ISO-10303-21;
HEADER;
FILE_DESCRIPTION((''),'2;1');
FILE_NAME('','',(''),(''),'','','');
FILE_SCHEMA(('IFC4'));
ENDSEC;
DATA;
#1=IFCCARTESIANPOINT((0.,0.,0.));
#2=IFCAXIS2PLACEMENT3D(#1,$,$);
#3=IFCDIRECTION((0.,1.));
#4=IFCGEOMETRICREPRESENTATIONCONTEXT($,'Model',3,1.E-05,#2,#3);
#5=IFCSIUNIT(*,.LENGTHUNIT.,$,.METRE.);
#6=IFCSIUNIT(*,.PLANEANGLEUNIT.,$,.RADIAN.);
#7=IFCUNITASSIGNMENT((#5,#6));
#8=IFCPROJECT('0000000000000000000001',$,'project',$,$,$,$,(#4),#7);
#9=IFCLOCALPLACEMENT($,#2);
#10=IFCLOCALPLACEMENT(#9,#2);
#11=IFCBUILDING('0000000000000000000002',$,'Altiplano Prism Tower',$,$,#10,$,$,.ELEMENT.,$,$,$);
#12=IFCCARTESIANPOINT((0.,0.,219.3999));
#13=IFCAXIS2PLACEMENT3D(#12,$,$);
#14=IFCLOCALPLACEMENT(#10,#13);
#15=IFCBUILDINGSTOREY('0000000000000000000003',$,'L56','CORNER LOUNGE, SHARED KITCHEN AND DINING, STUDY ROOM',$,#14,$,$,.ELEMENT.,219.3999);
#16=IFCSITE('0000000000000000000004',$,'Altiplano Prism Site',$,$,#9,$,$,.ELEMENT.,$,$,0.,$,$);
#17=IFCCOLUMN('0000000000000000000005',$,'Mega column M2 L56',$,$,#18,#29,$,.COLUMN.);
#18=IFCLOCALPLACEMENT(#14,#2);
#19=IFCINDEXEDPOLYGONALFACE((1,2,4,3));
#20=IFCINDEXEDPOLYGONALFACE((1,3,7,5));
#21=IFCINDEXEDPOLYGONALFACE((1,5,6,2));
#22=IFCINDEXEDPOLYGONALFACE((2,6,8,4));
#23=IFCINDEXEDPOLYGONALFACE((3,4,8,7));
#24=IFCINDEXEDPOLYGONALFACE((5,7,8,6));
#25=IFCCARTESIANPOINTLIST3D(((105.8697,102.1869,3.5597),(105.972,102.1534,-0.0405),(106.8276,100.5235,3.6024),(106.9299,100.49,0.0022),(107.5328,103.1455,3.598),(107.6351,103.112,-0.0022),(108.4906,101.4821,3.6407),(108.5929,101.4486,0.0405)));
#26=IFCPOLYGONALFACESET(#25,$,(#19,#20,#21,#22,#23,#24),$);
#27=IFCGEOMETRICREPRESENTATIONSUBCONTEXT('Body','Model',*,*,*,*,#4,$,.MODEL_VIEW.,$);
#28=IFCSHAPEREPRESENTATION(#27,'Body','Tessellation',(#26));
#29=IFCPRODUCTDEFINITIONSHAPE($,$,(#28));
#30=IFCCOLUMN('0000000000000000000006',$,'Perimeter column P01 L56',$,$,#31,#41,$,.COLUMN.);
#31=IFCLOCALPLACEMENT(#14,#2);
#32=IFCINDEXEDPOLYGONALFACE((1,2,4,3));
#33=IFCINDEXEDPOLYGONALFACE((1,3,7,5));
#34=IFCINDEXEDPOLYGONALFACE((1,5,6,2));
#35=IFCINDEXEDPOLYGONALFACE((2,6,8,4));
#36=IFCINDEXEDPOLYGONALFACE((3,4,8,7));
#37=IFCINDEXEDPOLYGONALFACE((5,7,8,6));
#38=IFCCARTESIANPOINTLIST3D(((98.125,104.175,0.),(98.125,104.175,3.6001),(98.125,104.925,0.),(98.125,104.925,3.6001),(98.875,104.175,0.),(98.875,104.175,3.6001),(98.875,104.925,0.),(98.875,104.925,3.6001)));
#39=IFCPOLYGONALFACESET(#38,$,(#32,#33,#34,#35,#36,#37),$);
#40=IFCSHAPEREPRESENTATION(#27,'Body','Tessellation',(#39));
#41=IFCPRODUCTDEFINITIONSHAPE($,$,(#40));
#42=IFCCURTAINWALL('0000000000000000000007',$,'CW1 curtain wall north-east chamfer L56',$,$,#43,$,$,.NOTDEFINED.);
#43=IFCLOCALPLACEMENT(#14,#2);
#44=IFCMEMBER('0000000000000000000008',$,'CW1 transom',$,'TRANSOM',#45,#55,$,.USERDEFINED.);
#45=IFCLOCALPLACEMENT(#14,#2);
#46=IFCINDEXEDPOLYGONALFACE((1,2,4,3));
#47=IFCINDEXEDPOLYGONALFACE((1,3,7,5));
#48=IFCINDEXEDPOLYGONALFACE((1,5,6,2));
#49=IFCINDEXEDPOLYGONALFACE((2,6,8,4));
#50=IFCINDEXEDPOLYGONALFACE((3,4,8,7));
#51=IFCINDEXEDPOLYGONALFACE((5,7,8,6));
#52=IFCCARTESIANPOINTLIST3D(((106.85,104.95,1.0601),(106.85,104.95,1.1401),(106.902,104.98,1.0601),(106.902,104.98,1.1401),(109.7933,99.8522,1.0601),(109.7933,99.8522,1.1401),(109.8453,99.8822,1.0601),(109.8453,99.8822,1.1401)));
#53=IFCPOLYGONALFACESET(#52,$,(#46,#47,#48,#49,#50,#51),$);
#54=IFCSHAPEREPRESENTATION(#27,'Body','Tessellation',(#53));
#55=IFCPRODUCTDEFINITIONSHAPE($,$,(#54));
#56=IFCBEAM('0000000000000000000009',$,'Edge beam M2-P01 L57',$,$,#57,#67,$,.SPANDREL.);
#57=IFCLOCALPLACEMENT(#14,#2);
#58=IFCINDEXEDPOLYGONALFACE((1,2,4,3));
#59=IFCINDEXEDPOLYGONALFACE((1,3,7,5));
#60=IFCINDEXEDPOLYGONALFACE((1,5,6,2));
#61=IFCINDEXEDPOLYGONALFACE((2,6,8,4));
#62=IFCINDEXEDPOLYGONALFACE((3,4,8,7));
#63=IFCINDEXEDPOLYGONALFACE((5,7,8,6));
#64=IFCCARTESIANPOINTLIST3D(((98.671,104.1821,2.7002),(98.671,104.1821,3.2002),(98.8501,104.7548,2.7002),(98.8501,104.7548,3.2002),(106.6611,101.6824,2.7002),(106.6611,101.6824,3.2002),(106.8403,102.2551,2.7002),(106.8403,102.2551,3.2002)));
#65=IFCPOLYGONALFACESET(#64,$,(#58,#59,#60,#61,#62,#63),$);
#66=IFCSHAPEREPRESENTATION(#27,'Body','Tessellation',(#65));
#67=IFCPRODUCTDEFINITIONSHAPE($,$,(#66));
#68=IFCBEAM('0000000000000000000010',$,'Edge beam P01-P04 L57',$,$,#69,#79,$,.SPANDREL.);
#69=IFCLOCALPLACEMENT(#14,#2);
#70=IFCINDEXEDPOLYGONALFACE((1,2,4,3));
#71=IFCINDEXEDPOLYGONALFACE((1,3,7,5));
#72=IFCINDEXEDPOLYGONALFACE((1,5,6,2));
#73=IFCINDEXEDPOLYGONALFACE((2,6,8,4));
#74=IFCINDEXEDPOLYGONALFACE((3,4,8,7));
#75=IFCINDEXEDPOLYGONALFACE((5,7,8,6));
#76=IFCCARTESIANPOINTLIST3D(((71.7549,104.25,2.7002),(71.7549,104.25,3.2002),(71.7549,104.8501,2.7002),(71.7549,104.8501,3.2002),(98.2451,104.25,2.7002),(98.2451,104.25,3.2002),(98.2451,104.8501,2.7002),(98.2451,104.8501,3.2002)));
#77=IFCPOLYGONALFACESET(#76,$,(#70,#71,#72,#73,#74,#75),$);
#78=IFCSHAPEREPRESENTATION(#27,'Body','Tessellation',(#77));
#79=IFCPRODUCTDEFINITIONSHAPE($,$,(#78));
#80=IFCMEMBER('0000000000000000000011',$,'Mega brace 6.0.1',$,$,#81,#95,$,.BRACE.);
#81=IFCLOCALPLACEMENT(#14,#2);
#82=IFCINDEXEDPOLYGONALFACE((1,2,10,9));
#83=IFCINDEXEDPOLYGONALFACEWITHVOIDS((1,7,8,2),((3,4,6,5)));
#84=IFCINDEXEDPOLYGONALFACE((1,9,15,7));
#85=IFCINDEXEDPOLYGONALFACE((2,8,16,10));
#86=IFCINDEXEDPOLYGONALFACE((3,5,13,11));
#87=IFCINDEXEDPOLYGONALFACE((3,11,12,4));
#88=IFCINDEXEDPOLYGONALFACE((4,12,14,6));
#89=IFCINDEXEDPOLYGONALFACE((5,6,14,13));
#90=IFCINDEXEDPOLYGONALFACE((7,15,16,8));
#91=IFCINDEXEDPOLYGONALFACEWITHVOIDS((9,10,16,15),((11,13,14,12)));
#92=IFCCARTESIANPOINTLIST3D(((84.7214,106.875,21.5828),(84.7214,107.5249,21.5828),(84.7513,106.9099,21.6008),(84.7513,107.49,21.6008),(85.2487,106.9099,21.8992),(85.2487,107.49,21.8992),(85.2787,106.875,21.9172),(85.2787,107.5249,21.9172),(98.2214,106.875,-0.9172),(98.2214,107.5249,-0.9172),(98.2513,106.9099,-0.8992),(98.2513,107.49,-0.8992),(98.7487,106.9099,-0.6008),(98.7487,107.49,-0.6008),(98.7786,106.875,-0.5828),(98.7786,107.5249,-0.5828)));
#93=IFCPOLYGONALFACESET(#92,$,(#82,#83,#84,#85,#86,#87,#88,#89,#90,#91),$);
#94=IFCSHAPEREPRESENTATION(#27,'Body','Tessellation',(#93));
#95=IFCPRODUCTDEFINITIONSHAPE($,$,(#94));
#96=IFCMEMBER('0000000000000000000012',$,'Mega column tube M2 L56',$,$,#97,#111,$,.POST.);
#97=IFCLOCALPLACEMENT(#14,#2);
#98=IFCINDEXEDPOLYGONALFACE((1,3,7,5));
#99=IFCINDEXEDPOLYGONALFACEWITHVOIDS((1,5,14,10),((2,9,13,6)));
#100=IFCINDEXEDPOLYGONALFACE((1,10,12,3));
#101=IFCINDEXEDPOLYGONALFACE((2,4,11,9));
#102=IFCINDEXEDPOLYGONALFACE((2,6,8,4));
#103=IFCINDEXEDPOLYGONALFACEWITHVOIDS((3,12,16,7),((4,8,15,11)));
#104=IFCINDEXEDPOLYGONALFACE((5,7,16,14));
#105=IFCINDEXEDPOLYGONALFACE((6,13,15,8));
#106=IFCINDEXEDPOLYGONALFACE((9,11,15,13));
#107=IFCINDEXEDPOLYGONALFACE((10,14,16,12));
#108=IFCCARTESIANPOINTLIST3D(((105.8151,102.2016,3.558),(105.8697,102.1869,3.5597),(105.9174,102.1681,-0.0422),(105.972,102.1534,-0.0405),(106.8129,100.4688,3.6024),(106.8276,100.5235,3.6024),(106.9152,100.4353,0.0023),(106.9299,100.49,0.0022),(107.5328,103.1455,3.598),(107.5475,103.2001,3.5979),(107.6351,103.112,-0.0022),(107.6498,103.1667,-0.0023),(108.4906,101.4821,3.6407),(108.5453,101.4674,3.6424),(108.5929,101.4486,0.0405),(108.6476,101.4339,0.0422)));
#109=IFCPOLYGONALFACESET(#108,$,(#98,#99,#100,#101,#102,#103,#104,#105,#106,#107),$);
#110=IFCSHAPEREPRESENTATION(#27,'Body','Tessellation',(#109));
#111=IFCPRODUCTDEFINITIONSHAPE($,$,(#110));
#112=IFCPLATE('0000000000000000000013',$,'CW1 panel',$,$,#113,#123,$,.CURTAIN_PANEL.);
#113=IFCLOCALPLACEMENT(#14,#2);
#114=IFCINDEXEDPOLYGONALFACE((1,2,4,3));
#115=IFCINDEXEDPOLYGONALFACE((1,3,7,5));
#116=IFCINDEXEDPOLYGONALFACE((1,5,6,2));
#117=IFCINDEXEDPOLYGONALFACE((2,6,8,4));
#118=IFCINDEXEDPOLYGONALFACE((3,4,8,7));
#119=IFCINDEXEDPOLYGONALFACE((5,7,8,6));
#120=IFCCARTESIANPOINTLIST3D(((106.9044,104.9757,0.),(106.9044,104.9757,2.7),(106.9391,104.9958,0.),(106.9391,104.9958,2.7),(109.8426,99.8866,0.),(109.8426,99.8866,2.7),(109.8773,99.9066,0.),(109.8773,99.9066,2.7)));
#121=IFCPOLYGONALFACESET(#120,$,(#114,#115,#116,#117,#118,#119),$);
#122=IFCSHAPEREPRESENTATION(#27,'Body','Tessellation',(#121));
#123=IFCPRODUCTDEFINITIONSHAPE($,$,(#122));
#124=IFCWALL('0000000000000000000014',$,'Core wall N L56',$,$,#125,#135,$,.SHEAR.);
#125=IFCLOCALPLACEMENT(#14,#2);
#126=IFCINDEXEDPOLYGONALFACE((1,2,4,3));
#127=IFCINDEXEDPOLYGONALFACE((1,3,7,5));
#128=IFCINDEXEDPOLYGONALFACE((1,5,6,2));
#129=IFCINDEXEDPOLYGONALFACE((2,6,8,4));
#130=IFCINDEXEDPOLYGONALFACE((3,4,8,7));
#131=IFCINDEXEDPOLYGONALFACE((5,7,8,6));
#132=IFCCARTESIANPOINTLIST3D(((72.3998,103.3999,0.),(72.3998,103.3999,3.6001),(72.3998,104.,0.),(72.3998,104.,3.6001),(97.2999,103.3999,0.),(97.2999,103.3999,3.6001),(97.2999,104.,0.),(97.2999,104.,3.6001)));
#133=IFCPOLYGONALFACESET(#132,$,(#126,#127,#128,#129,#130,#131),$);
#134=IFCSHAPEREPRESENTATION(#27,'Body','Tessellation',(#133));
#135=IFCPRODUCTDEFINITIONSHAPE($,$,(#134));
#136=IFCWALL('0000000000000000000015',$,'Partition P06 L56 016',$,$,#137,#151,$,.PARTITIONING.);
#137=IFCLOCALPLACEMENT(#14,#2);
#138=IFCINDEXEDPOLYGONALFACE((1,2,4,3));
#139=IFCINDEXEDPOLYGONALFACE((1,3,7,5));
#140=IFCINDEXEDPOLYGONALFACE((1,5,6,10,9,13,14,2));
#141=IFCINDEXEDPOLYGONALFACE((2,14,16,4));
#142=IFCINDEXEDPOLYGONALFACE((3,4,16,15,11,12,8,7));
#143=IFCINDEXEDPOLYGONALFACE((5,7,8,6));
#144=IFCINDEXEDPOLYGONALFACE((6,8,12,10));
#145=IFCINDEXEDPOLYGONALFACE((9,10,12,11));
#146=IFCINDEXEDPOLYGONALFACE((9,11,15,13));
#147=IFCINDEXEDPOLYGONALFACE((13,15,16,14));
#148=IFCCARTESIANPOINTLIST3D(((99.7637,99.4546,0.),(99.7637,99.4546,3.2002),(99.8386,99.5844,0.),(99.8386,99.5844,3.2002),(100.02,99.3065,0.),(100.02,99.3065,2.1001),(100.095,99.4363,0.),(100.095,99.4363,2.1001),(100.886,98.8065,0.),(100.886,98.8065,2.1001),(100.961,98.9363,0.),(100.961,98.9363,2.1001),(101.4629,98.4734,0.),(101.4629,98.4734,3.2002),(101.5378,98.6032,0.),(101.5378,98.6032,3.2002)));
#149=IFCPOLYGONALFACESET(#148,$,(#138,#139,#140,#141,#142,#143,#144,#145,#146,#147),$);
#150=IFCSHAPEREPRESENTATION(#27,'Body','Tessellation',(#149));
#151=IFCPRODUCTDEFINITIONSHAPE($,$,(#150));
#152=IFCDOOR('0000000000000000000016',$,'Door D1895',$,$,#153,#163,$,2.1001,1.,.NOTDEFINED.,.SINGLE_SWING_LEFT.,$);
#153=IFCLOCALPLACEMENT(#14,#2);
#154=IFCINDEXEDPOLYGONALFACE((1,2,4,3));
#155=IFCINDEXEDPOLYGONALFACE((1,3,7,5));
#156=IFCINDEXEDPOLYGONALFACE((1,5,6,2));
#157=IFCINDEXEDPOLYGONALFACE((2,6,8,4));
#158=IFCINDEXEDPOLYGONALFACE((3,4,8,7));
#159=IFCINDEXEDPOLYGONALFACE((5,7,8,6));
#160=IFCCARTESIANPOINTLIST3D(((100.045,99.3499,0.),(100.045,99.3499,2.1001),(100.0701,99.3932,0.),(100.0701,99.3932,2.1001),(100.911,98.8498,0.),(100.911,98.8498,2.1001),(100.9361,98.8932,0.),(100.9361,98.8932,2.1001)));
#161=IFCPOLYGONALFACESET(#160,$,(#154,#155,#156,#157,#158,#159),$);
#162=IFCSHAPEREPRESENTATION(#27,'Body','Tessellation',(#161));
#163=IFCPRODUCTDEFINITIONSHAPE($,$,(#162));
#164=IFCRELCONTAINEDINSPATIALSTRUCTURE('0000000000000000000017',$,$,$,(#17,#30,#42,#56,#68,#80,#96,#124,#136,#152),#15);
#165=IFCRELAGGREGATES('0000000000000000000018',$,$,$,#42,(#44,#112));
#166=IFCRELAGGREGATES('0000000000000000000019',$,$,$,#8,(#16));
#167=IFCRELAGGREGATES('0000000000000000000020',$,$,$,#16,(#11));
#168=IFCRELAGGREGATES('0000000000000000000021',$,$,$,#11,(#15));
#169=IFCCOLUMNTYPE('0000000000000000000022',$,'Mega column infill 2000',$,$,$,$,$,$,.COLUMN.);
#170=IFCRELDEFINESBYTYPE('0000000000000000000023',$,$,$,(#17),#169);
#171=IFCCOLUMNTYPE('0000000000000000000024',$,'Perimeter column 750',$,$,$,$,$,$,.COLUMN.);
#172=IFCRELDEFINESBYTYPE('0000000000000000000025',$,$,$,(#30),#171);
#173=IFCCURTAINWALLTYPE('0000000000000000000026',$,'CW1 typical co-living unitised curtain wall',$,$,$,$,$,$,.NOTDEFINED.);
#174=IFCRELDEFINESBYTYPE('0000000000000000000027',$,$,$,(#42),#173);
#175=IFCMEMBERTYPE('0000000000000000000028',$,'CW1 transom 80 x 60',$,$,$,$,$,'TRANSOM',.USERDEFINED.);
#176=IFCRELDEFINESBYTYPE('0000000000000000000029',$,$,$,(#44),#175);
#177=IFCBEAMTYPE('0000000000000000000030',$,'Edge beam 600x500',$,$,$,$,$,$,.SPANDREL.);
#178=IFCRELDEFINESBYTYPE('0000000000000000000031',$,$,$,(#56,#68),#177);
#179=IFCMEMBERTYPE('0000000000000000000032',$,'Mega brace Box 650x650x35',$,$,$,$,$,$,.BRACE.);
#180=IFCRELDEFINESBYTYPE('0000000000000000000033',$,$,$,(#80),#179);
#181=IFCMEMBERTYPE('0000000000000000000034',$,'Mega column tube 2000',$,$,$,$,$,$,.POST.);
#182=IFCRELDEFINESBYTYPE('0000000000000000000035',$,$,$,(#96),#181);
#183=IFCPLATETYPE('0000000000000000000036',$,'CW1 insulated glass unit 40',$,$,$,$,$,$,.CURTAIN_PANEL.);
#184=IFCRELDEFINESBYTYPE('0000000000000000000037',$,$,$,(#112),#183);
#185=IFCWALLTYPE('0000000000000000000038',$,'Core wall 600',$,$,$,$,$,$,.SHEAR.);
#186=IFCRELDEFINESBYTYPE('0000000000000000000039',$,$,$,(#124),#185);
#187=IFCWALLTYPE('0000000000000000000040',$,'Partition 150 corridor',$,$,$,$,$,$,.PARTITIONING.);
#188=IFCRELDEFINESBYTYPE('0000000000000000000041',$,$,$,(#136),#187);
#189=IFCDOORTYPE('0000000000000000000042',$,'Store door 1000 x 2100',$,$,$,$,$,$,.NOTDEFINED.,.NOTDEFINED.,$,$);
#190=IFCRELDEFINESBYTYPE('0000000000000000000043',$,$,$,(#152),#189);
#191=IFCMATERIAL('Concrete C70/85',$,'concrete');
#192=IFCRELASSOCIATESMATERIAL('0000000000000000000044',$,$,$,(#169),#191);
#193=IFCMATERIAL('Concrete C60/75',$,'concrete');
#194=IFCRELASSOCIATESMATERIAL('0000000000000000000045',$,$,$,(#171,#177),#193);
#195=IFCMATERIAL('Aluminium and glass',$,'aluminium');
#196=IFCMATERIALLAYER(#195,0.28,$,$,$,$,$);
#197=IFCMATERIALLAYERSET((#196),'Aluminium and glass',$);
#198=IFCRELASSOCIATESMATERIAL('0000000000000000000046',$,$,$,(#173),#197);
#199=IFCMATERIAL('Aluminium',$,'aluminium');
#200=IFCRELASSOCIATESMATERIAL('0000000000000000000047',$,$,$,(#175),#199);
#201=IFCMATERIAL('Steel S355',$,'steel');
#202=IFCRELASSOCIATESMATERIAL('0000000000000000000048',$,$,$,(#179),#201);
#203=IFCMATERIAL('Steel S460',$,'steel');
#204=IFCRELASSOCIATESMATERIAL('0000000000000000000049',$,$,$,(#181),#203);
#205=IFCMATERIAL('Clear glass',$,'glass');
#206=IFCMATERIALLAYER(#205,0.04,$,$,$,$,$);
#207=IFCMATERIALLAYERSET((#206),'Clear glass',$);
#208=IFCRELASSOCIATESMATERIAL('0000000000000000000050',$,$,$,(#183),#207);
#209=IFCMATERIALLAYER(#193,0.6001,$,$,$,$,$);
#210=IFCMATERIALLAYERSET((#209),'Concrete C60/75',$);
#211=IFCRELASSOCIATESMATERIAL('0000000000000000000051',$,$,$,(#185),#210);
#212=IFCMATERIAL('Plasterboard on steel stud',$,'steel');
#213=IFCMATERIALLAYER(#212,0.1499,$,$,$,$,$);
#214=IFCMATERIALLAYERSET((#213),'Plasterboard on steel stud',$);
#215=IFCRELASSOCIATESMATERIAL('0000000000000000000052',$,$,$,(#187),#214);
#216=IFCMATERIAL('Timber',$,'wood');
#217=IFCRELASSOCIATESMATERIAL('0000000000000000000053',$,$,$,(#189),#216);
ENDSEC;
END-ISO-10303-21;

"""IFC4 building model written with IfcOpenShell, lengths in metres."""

from ifc_helpers import new_model, si_unit, direction, frame, frame_2d, origin, origin_2d, place, context, subcontext, project, spatial, rectangle, hollow_rectangle, extrude, material, layer, layer_set, material_profile, profile_set, type_object, element, fill, aggregate, save


model = new_model("IFC4")

# Units and contexts
model_context = context("Model", 3, precision=1e-05, world=origin(), true_north=direction((0.0, 1.0)))
body_context = subcontext(model_context, "Body", "Model", "MODEL_VIEW")
ifc_project = project(units=[si_unit("LENGTHUNIT", "METRE"), si_unit("PLANEANGLEUNIT", "RADIAN")], contexts=[model_context])

# Site, building, storey
site_placement = place(None, origin())
site = spatial("IfcSite", under=ifc_project, at=site_placement, Name="Altiplano Prism Site", CompositionType="ELEMENT", RefElevation=0.0)
building_placement = place(site_placement, origin())
building = spatial("IfcBuilding", under=site, at=building_placement, Name="Altiplano Prism Tower", CompositionType="ELEMENT")
storey_placement = place(building_placement, frame((0.0, 0.0, 219.3999)))
storey = spatial("IfcBuildingStorey", under=building, at=storey_placement, Name="L56", Description="CORNER LOUNGE, SHARED KITCHEN AND DINING, STUDY ROOM", CompositionType="ELEMENT", Elevation=219.3999)

# Columns
ifc_material_1 = material(Name="Concrete C70/85", Category="concrete")
ifc_material_profile_1 = material_profile(ifc_material_1, rectangle(XDim=1.9199, YDim=1.9199, at=origin_2d()), Name="Mega column infill 2000")
ifc_profile_set_1 = profile_set([ifc_material_profile_1], Name="Concrete C70/85")
column_type_1 = type_object("IfcColumnType", Name="Mega column infill 2000", PredefinedType="COLUMN", material=ifc_profile_set_1)
column_1_placement = place(storey_placement, frame((107.2825, 101.801, 0.0), z_axis=(-0.028402, 0.009287, 0.999553), x_axis=(0.498884, -0.866384, 0.022225)))
element("IfcColumn", 1, at=column_1_placement, inside=storey, type_object=column_type_1, Name="Mega column M2 L56", PredefinedType="COLUMN", context=body_context, shape_type="SweptSolid", body=[
    extrude(rectangle(XDim=1.9199, YDim=1.9199, at=origin_2d()), origin(), (0.0, 0.0, 1.0), 3.6018),
])
ifc_material_2 = material(Name="Concrete C60/75", Category="concrete")
ifc_material_profile_2 = material_profile(ifc_material_2, rectangle(XDim=0.75, YDim=0.75, at=origin_2d()), Name="Perimeter column 750")
ifc_profile_set_2 = profile_set([ifc_material_profile_2], Name="Concrete C60/75")
column_type_2 = type_object("IfcColumnType", Name="Perimeter column 750", PredefinedType="COLUMN", material=ifc_profile_set_2)
column_2_placement = place(storey_placement, frame((98.5, 104.55, 0.0), z_axis=(0.0, 0.0, 1.0), x_axis=(1.0, 0.0, 0.0)))
element("IfcColumn", 2, at=column_2_placement, inside=storey, type_object=column_type_2, Name="Perimeter column P01 L56", PredefinedType="COLUMN", context=body_context, shape_type="SweptSolid", body=[
    extrude(rectangle(XDim=0.75, YDim=0.75, at=origin_2d()), origin(), (0.0, 0.0, 1.0), 3.6001),
])

# Curtain wall, member
ifc_material_3 = material(Name="Aluminium and glass", Category="aluminium")
ifc_layer_1 = layer(ifc_material_3, 0.28)
ifc_layer_set_1 = layer_set([ifc_layer_1], Name="Aluminium and glass")
curtain_wall_type = type_object("IfcCurtainWallType", Name="CW1 typical co-living unitised curtain wall", PredefinedType="NOTDEFINED", material=ifc_layer_set_1)
curtain_wall_placement = place(storey_placement, origin())
curtain_wall = element("IfcCurtainWall", 3, at=curtain_wall_placement, inside=storey, type_object=curtain_wall_type, Name="CW1 curtain wall north-east chamfer L56", PredefinedType="NOTDEFINED")
ifc_material_4 = material(Name="Aluminium", Category="aluminium")
ifc_material_profile_3 = material_profile(ifc_material_4, rectangle(XDim=0.0601, YDim=0.0801, at=origin_2d()), Name="CW1 transom 80 x 60")
ifc_profile_set_3 = profile_set([ifc_material_profile_3], Name="Aluminium")
member_type_1 = type_object("IfcMemberType", Name="CW1 transom 80 x 60", ElementType="TRANSOM", PredefinedType="USERDEFINED", material=ifc_profile_set_3)
member_1_placement = place(storey_placement, frame((109.8193, 99.8672, 1.1001), z_axis=(-0.500011, 0.866019, 0.0), x_axis=(-0.866019, -0.500011, 0.0)))
member_1 = element("IfcMember", 4, at=member_1_placement, type_object=member_type_1, Name="CW1 transom", ObjectType="TRANSOM", PredefinedType="USERDEFINED", context=body_context, shape_type="SweptSolid", body=[
    extrude(rectangle(XDim=0.0601, YDim=0.0801, at=origin_2d()), origin(), (0.0, 0.0, 1.0), 5.8865),
])

# Beams
ifc_material_profile_4 = material_profile(ifc_material_2, rectangle(XDim=0.6001, YDim=0.5, at=origin_2d()), Name="Edge beam 600x500")
ifc_profile_set_4 = profile_set([ifc_material_profile_4], Name="Concrete C60/75")
beam_type = type_object("IfcBeamType", Name="Edge beam 600x500", PredefinedType="SPANDREL", material=ifc_profile_set_4)
beam_1_placement = place(storey_placement, frame((106.7507, 101.9688, 2.9502), z_axis=(-0.954384, 0.29858, 0.0), x_axis=(-0.29858, -0.954384, 0.0)))
element("IfcBeam", 5, at=beam_1_placement, inside=storey, type_object=beam_type, Name="Edge beam M2-P01 L57", PredefinedType="SPANDREL", context=body_context, shape_type="SweptSolid", body=[
    extrude(rectangle(XDim=0.6001, YDim=0.5, at=origin_2d()), origin(), (0.0, 0.0, 1.0), 8.3721),
])
beam_2_placement = place(storey_placement, frame((98.2451, 104.55, 2.9502), z_axis=(-1.0, 0.0, 0.0), x_axis=(0.0, -1.0, 0.0)))
element("IfcBeam", 6, at=beam_2_placement, inside=storey, type_object=beam_type, Name="Edge beam P01-P04 L57", PredefinedType="SPANDREL", context=body_context, shape_type="SweptSolid", body=[
    extrude(rectangle(XDim=0.6001, YDim=0.5, at=origin_2d()), origin(), (0.0, 0.0, 1.0), 26.4902),
])

# Members
ifc_material_5 = material(Name="Steel S355", Category="steel")
ifc_material_profile_5 = material_profile(ifc_material_5, hollow_rectangle(XDim=0.6499, YDim=0.6499, WallThickness=0.0349, at=origin_2d()), Name="Mega brace Box 650x650x35")
ifc_profile_set_5 = profile_set([ifc_material_profile_5], Name="Steel S355")
member_type_2 = type_object("IfcMemberType", Name="Mega brace Box 650x650x35", PredefinedType="BRACE", material=ifc_profile_set_5)
member_2_placement = place(storey_placement, frame((98.5, 107.2, -0.75), z_axis=(-0.514496, 0.0, 0.857493), x_axis=(0.0, -1.0, 0.0)))
element("IfcMember", 7, at=member_2_placement, inside=storey, type_object=member_type_2, Name="Mega brace 6.0.1", PredefinedType="BRACE", context=body_context, shape_type="SweptSolid", body=[
    extrude(hollow_rectangle(XDim=0.6499, YDim=0.6499, WallThickness=0.0349, at=origin_2d()), origin(), (0.0, 0.0, 1.0), 26.2393),
])
ifc_material_6 = material(Name="Steel S460", Category="steel")
ifc_material_profile_6 = material_profile(ifc_material_6, hollow_rectangle(XDim=2.0, YDim=2.0, WallThickness=0.04, at=origin_2d()), Name="Mega column tube 2000")
ifc_profile_set_6 = profile_set([ifc_material_profile_6], Name="Steel S460")
member_type_3 = type_object("IfcMemberType", Name="Mega column tube 2000", PredefinedType="POST", material=ifc_profile_set_6)
member_3_placement = place(storey_placement, frame((107.2825, 101.801, 0.0), z_axis=(-0.028402, 0.009287, 0.999553), x_axis=(0.498884, -0.866384, 0.022225)))
element("IfcMember", 8, at=member_3_placement, inside=storey, type_object=member_type_3, Name="Mega column tube M2 L56", PredefinedType="POST", context=body_context, shape_type="SweptSolid", body=[
    extrude(hollow_rectangle(XDim=2.0, YDim=2.0, WallThickness=0.04, at=origin_2d()), origin(), (0.0, 0.0, 1.0), 3.6018),
])

# Plate
ifc_material_7 = material(Name="Clear glass", Category="glass")
ifc_layer_2 = layer(ifc_material_7, 0.04)
ifc_layer_set_2 = layer_set([ifc_layer_2], Name="Clear glass")
plate_type = type_object("IfcPlateType", Name="CW1 insulated glass unit 40", PredefinedType="CURTAIN_PANEL", material=ifc_layer_set_2)
plate_placement = place(storey_placement, frame((108.3909, 102.4412, 0.0), z_axis=(0.0, 0.0, 1.0), x_axis=(-0.5, 0.866025, 0.0)))
plate = element("IfcPlate", 9, at=plate_placement, type_object=plate_type, Name="CW1 panel", PredefinedType="CURTAIN_PANEL", context=body_context, shape_type="SweptSolid", body=[
    extrude(rectangle(XDim=5.8765, YDim=0.04, at=origin_2d()), origin(), (0.0, 0.0, 1.0), 2.7),
])
aggregate(curtain_wall, [member_1, plate])

# Wall
ifc_layer_3 = layer(ifc_material_2, 0.6001)
ifc_layer_set_3 = layer_set([ifc_layer_3], Name="Concrete C60/75")
wall_type_1 = type_object("IfcWallType", Name="Core wall 600", PredefinedType="SHEAR", material=ifc_layer_set_3)
wall_1_placement = place(storey_placement, frame((97.3, 103.7, 0.0), z_axis=(0.0, 0.0, 1.0), x_axis=(-1.0, 0.0, 0.0)))
element("IfcWall", 10, at=wall_1_placement, inside=storey, type_object=wall_type_1, Name="Core wall N L56", PredefinedType="SHEAR", context=body_context, shape_type="SweptSolid", body=[
    extrude(rectangle(XDim=24.9001, YDim=0.6001, at=frame_2d((12.4502, 0.0))), origin(), (0.0, 0.0, 1.0), 3.6001),
])

# Wall, opening, door
ifc_material_8 = material(Name="Plasterboard on steel stud", Category="steel")
ifc_layer_4 = layer(ifc_material_8, 0.1499)
ifc_layer_set_4 = layer_set([ifc_layer_4], Name="Plasterboard on steel stud")
wall_type_2 = type_object("IfcWallType", Name="Partition 150 corridor", PredefinedType="PARTITIONING", material=ifc_layer_set_4)
wall_2_placement = place(storey_placement, frame((101.5002, 98.5383, 0.0), z_axis=(0.0, 0.0, 1.0), x_axis=(-0.865991, 0.50006, 0.0)))
wall_2 = element("IfcWall", 11, at=wall_2_placement, inside=storey, type_object=wall_type_2, Name="Partition P06 L56 016", PredefinedType="PARTITIONING", context=body_context, shape_type="SweptSolid", body=[
    extrude(rectangle(XDim=1.9622, YDim=0.1499, at=frame_2d((0.981, 0.0))), origin(), (0.0, 0.0, 1.0), 3.2002),
])
opening_placement = place(wall_2_placement, frame((0.666, 0.0, 0.0)))
opening = element("IfcOpeningElement", 12, at=opening_placement, cuts=wall_2, PredefinedType="OPENING", context=body_context, shape_type="SweptSolid", body=[
    extrude(rectangle(XDim=1.0, YDim=2.1001, at=frame_2d((0.5, 1.05))), frame((0.0, 0.0854, 0.0), z_axis=(0.0, -1.0, 0.0), x_axis=(1.0, 0.0, 0.0)), (0.0, 0.0, 1.0), 0.1709),
])
ifc_material_9 = material(Name="Timber", Category="wood")
door_type = type_object("IfcDoorType", Name="Store door 1000 x 2100", OperationType="NOTDEFINED", PredefinedType="NOTDEFINED", material=ifc_material_9)
door_placement = place(opening_placement, origin())
door = element("IfcDoor", 13, at=door_placement, inside=storey, type_object=door_type, Name="Door D1895", OperationType="SINGLE_SWING_LEFT", OverallHeight=2.1001, OverallWidth=1.0, PredefinedType="NOTDEFINED", context=body_context, shape_type="SweptSolid", body=[
    extrude(rectangle(XDim=1.0, YDim=2.1001, at=frame_2d((0.5, 1.05))), frame((0.0, 0.0249, 0.0), z_axis=(0.0, -1.0, 0.0), x_axis=(1.0, 0.0, 0.0)), (0.0, 0.0, 1.0), 0.05),
])
fill(opening, door)

save(model, "model.ifc")
